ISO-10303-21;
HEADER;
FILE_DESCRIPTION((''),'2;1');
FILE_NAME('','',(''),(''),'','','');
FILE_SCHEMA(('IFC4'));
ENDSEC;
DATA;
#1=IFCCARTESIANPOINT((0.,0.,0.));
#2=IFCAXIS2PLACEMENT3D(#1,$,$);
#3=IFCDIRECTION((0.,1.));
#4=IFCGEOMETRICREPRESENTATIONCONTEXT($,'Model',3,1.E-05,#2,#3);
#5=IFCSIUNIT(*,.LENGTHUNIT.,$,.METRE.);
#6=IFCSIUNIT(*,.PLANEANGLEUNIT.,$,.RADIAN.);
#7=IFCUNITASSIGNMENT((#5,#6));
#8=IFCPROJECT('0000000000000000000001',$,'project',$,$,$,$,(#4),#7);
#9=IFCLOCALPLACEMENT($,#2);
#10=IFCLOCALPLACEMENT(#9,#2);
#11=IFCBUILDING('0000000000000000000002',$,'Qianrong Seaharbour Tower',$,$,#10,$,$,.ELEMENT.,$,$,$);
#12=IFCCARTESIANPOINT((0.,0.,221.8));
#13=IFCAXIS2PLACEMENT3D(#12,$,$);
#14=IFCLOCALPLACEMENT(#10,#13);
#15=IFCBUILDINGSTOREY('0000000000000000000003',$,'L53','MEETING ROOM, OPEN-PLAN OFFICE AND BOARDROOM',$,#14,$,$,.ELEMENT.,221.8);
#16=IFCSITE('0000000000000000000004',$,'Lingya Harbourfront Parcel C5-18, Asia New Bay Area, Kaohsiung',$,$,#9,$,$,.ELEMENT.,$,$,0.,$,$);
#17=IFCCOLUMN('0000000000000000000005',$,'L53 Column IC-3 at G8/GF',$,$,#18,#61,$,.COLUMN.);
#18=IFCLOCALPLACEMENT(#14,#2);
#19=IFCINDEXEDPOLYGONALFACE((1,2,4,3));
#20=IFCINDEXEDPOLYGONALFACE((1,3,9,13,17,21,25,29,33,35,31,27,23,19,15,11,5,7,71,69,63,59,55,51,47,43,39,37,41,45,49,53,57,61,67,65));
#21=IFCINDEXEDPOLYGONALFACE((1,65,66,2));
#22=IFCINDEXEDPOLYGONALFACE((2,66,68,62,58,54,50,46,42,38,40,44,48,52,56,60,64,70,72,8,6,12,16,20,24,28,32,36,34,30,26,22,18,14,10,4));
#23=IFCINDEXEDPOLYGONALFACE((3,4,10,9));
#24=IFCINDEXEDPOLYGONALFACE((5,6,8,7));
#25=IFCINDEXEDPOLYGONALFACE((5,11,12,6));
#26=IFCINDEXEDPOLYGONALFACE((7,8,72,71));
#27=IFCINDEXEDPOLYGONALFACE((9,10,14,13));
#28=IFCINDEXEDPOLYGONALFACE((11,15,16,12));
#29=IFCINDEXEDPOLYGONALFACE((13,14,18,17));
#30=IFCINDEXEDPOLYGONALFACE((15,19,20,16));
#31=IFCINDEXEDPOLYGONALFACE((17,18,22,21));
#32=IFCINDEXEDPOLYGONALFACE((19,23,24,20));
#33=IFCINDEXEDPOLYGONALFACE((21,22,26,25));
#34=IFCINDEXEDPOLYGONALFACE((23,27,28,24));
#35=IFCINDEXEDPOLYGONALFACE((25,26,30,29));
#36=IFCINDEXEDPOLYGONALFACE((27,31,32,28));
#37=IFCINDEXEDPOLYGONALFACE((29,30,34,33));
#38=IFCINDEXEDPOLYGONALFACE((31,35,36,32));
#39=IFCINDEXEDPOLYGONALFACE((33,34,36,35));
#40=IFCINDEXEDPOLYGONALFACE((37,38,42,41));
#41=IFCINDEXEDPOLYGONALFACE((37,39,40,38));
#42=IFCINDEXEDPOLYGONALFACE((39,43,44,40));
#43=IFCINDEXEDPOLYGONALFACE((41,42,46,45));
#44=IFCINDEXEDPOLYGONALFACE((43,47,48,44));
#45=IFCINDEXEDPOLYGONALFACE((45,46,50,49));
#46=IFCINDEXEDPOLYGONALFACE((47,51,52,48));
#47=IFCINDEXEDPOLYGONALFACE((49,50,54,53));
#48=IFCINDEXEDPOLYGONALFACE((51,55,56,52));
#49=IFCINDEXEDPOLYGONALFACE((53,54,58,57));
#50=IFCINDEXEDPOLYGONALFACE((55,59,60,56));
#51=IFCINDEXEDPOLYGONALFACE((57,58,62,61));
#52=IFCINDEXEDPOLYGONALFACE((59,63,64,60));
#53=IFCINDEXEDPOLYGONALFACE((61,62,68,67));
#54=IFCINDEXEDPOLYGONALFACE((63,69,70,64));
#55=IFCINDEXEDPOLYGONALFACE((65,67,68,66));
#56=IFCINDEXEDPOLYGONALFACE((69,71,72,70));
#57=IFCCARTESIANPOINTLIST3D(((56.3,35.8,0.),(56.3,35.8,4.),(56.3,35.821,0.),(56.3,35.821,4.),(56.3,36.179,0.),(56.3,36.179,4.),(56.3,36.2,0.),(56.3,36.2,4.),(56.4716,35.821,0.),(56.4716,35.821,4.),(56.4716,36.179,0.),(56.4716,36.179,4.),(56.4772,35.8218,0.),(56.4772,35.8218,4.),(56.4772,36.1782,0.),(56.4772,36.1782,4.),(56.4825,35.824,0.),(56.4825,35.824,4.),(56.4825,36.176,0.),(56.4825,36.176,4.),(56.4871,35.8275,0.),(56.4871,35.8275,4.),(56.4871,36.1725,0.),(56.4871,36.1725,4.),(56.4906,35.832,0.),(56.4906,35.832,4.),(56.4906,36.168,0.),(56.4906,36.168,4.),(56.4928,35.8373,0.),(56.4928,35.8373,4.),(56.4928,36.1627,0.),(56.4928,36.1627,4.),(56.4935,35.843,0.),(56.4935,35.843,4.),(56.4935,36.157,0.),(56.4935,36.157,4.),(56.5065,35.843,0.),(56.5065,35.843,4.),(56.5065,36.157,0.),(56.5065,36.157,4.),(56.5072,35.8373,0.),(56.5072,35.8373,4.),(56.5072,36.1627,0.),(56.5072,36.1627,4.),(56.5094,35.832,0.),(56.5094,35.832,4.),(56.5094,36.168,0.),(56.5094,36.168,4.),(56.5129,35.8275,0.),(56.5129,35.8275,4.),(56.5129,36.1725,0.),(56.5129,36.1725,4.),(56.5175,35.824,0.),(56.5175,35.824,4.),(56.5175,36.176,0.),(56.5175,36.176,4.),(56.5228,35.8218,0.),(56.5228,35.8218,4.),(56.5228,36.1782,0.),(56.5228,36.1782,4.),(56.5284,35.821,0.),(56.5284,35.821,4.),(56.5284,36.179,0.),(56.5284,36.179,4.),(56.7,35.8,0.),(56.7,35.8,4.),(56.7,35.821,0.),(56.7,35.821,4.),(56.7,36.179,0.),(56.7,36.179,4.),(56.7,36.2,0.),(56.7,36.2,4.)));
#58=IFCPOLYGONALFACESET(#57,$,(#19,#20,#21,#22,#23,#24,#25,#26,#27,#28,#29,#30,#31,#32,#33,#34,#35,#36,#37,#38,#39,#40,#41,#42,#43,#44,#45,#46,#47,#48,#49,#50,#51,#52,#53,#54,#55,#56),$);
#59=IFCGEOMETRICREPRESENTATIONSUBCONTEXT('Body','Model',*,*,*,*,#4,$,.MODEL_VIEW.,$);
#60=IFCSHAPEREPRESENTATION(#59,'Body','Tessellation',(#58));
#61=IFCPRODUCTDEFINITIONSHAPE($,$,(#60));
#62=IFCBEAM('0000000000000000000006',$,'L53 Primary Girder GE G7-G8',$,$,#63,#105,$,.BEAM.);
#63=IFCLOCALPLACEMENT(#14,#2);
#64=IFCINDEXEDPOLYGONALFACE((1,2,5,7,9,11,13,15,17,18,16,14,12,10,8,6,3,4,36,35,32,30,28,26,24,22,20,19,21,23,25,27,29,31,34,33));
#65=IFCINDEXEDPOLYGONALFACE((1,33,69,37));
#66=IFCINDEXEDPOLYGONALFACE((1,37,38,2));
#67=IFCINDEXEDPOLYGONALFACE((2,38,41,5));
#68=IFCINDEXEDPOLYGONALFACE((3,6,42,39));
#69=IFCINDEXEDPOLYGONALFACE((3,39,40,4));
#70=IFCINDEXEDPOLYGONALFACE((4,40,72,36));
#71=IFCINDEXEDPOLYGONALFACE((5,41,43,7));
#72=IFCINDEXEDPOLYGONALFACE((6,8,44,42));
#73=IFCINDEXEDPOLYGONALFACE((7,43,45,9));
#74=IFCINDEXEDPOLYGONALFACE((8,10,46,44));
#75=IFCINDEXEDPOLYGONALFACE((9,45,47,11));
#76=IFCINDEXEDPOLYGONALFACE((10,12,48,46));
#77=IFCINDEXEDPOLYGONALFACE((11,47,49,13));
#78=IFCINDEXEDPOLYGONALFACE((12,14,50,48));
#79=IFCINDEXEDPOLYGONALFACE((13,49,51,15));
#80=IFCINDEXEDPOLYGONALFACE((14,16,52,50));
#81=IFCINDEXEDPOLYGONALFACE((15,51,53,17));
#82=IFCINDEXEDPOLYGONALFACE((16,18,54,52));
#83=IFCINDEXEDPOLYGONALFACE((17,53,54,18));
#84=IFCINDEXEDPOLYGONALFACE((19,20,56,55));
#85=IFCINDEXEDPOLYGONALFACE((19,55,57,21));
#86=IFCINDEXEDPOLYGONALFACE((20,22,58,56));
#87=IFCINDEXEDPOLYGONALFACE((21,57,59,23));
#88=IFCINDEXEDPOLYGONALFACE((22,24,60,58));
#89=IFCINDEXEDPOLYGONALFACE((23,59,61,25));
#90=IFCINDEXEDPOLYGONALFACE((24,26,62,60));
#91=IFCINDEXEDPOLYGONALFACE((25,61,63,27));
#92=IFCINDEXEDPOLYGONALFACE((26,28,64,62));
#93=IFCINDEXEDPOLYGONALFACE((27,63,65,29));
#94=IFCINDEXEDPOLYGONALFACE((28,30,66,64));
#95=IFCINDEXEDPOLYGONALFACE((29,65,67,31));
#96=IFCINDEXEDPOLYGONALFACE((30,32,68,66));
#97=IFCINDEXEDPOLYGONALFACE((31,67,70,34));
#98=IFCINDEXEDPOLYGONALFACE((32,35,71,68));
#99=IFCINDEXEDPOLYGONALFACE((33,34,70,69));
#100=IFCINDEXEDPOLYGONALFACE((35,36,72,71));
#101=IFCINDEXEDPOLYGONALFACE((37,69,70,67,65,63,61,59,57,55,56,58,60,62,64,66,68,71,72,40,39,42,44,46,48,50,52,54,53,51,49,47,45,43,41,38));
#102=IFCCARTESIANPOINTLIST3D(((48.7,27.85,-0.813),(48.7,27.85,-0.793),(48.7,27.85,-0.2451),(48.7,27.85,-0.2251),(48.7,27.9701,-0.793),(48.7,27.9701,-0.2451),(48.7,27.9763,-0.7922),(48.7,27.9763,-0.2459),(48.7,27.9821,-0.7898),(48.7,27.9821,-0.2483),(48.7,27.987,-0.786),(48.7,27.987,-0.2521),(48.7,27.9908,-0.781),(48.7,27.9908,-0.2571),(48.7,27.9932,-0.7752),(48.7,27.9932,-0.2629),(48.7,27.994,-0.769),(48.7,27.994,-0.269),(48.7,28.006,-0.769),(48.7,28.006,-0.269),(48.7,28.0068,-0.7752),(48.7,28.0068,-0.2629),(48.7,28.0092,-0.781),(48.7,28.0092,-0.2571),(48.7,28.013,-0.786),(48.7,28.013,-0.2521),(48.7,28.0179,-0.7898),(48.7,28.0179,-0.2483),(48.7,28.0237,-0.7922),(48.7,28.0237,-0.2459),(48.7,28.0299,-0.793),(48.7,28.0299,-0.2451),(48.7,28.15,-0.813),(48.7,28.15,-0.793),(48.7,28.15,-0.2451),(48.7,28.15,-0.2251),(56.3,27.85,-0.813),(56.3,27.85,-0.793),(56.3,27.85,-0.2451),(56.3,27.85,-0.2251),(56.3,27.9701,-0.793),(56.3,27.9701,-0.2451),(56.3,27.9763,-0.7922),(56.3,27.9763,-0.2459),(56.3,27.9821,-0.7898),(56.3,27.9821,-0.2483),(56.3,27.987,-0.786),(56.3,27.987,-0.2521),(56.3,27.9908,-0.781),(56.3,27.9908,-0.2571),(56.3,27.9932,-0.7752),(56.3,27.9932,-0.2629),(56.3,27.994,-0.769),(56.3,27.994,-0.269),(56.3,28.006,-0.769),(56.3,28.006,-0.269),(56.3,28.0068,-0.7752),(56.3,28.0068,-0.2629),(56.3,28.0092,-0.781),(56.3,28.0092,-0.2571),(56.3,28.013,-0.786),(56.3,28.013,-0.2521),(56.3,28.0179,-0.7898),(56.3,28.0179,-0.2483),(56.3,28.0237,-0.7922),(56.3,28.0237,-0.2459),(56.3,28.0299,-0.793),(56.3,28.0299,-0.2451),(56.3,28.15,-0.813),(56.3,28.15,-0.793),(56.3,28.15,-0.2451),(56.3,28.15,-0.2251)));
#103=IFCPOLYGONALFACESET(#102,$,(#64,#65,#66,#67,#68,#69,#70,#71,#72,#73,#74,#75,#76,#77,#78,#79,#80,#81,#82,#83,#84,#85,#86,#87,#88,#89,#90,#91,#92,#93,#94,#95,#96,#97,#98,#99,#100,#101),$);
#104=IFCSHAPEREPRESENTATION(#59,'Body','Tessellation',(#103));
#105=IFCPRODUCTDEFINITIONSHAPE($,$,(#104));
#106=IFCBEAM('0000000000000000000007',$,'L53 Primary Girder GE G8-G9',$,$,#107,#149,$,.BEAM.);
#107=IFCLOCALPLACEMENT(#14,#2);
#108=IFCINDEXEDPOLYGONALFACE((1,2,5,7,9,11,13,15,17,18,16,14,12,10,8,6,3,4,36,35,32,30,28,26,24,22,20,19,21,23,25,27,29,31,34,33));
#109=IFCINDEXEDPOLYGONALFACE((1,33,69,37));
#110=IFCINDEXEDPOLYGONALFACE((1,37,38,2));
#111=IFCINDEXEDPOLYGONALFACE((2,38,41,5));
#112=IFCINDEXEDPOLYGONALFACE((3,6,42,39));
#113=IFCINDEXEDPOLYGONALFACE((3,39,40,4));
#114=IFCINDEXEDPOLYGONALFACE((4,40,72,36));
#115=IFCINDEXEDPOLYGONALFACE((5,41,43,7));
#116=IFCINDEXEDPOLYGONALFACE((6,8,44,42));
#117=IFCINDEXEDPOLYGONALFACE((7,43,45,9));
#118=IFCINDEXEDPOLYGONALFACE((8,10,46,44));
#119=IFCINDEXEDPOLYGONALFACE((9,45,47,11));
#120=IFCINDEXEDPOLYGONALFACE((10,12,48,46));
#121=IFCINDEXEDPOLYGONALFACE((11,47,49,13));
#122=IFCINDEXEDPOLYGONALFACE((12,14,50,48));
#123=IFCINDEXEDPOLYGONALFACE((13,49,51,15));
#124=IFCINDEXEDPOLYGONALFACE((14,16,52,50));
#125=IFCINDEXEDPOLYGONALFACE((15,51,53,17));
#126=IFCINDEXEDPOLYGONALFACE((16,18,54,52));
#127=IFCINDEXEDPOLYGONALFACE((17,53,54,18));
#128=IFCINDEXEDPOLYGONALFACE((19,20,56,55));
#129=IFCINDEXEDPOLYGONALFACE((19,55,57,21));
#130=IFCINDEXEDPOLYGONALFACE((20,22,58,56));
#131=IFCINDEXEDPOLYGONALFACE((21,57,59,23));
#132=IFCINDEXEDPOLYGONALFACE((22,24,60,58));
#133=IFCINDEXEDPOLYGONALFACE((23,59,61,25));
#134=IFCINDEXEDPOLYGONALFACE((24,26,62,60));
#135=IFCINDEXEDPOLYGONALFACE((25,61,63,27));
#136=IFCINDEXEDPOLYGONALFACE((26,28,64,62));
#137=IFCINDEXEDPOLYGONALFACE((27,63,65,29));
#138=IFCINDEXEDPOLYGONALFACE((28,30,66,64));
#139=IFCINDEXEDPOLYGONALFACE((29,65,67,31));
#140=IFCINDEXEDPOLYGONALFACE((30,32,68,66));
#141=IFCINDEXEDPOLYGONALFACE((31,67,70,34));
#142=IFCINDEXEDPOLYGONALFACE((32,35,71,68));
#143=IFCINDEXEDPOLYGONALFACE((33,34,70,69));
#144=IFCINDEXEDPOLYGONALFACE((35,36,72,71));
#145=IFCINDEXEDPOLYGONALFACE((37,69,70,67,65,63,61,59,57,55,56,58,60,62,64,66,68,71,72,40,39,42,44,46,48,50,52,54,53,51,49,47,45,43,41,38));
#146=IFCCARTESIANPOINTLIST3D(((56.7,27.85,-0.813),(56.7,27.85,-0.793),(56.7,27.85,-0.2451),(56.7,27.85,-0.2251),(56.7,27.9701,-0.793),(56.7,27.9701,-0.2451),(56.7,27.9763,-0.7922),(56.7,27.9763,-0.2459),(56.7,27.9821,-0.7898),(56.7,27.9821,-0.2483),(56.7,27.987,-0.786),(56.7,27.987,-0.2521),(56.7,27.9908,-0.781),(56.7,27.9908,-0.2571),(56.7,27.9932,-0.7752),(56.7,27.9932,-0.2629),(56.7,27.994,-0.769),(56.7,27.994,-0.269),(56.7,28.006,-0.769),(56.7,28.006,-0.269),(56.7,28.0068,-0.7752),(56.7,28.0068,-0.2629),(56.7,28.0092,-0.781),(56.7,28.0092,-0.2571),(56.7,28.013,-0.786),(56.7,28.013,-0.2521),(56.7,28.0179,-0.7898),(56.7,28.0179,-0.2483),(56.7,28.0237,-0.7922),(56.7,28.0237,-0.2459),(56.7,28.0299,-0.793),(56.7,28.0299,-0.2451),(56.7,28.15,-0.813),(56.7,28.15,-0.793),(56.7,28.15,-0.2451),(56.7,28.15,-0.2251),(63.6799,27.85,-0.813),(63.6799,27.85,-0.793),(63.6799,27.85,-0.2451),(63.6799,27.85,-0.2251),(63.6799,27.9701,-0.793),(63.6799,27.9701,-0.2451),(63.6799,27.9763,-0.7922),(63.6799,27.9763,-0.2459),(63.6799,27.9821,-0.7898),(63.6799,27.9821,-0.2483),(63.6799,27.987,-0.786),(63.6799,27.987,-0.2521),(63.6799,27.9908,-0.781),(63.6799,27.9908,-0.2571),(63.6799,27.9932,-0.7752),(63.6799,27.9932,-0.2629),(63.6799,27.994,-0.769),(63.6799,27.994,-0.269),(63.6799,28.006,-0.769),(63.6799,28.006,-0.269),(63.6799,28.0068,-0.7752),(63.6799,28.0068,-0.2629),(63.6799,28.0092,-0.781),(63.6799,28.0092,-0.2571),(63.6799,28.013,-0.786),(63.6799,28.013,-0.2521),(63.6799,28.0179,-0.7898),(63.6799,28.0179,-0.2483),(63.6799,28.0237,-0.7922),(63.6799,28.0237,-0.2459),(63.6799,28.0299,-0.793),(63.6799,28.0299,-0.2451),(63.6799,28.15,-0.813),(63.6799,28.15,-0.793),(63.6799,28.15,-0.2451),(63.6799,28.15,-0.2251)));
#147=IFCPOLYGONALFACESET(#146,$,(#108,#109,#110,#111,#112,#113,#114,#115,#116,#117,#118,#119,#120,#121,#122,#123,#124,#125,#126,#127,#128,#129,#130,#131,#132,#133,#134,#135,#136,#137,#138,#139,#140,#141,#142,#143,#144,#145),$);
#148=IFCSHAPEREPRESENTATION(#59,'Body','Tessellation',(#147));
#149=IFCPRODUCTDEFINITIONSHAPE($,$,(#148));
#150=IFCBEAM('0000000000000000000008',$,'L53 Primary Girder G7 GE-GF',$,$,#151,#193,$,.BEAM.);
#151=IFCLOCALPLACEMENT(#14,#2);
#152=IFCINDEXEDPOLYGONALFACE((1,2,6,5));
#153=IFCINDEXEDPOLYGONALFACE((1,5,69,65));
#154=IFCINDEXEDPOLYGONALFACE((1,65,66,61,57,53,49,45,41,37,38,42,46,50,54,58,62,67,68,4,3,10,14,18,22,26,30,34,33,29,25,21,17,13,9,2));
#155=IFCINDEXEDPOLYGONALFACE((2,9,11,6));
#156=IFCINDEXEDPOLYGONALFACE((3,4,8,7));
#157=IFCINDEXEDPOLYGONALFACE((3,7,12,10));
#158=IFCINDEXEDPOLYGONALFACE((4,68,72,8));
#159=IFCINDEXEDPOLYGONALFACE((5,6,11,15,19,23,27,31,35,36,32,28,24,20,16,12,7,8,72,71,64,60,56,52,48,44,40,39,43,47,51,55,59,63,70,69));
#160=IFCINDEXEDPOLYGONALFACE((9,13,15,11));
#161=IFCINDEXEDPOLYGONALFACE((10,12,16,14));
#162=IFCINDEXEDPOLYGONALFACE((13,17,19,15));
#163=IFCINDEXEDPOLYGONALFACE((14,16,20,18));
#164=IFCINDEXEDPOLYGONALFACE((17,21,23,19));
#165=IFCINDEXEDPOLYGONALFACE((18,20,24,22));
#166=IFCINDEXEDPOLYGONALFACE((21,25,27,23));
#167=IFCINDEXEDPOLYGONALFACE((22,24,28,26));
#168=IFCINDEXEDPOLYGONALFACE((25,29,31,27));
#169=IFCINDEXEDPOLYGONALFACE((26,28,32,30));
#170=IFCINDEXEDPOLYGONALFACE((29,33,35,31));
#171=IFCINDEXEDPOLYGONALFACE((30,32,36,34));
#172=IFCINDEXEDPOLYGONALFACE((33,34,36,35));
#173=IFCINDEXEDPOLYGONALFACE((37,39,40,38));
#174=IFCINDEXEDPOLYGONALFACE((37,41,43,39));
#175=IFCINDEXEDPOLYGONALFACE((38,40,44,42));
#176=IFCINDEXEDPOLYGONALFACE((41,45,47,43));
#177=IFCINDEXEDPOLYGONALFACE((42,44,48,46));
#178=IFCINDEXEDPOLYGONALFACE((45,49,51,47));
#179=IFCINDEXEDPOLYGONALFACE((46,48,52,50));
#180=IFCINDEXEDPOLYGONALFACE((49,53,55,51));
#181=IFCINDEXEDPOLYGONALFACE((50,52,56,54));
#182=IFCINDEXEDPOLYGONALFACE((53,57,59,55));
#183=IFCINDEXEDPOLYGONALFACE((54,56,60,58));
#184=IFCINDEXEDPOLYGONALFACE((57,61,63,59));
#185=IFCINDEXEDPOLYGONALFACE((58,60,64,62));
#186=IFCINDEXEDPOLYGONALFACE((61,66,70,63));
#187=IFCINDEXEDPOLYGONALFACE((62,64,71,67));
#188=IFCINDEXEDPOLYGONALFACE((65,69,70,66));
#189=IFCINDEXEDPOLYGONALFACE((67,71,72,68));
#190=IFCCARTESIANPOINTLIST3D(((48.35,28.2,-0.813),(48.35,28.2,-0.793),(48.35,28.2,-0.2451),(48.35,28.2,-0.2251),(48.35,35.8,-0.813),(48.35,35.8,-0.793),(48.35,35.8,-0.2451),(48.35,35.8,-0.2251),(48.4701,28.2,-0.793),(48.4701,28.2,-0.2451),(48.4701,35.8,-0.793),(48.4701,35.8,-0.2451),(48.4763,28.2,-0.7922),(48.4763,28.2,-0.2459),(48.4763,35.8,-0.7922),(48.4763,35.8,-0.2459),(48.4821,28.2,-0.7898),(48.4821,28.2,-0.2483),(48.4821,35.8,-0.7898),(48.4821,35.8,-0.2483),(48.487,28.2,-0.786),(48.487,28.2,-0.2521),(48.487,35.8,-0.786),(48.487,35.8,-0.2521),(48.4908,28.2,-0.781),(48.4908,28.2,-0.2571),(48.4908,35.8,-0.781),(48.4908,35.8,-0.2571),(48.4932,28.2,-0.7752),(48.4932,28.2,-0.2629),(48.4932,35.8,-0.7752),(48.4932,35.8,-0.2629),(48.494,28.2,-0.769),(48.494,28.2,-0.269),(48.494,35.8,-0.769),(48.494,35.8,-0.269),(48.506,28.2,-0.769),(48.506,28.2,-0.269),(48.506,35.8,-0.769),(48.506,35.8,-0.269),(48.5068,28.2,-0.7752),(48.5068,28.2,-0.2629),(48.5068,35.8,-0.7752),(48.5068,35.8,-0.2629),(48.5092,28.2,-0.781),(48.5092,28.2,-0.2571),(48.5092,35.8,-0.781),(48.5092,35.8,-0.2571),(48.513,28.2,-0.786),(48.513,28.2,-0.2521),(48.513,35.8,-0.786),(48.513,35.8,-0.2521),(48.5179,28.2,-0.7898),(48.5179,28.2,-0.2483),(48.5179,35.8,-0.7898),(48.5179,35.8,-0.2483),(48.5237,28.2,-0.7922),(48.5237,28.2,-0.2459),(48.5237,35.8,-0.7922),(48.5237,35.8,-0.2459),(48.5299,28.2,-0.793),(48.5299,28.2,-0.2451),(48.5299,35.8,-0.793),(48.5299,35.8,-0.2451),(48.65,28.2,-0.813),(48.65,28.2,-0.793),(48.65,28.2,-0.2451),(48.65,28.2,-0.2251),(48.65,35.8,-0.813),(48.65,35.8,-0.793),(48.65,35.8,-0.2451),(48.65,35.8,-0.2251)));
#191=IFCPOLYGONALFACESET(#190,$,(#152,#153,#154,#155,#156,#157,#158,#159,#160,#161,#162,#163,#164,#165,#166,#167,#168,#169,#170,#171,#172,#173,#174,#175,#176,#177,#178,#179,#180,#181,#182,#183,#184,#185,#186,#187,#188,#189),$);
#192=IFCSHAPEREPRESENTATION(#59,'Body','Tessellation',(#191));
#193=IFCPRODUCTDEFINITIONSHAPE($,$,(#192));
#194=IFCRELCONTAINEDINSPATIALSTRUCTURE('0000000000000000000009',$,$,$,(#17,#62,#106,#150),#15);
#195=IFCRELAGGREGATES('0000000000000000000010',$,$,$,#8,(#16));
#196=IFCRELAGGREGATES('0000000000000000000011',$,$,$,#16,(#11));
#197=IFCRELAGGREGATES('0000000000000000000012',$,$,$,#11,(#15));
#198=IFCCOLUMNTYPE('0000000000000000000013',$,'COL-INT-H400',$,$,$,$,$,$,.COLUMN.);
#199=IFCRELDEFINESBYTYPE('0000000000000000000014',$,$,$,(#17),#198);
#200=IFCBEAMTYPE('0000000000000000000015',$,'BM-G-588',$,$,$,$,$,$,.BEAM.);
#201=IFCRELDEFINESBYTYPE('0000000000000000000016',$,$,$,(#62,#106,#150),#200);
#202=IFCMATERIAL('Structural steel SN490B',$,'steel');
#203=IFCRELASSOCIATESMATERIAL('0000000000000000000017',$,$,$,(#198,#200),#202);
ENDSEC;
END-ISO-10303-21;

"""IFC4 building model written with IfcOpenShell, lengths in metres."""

from ifc_helpers import new_model, si_unit, direction, frame, origin, origin_2d, place, context, subcontext, project, spatial, i_section, extrude, material, material_profile, profile_set, type_object, element, save


model = new_model("IFC4")

# Units and contexts
model_context = context("Model", 3, precision=1e-05, world=origin(), true_north=direction((0.0, 1.0)))
body_context = subcontext(model_context, "Body", "Model", "MODEL_VIEW")
ifc_project = project(units=[si_unit("LENGTHUNIT", "METRE"), si_unit("PLANEANGLEUNIT", "RADIAN")], contexts=[model_context])

# Site, building, storey
site_placement = place(None, origin())
site = spatial("IfcSite", under=ifc_project, at=site_placement, Name="Lingya Harbourfront Parcel C5-18, Asia New Bay Area, Kaohsiung", CompositionType="ELEMENT", RefElevation=0.0)
building_placement = place(site_placement, origin())
building = spatial("IfcBuilding", under=site, at=building_placement, Name="Qianrong Seaharbour Tower", CompositionType="ELEMENT")
storey_placement = place(building_placement, frame((0.0, 0.0, 221.8)))
storey = spatial("IfcBuildingStorey", under=building, at=storey_placement, Name="L53", Description="MEETING ROOM, OPEN-PLAN OFFICE AND BOARDROOM", CompositionType="ELEMENT", Elevation=221.8)

# Column
ifc_material_1 = material(Name="Structural steel SN490B", Category="steel")
ifc_material_profile_1 = material_profile(ifc_material_1, i_section(OverallWidth=0.3999, OverallDepth=0.3999, WebThickness=0.0129, FlangeThickness=0.021, FilletRadius=0.022, at=origin_2d()), Name="H400x400x13x21")
ifc_profile_set_1 = profile_set([ifc_material_profile_1], Name="Structural steel SN490B")
column_type_1 = type_object("IfcColumnType", Name="COL-INT-H400", PredefinedType="COLUMN", material=ifc_profile_set_1)
for number, where, z_axis, x_axis, name in (
    (1, (56.5, 36.0, 0.0), (0.0, 0.0, 1.0), (1.0, 0.0, 0.0), "L53 Column IC-3 at G8/GF"),
):
    element("IfcColumn", number, at=place(storey_placement, frame(where, z_axis=z_axis, x_axis=x_axis)), inside=storey, type_object=column_type_1, Name=name, PredefinedType="COLUMN", context=body_context, shape_type="SweptSolid", body=[
        extrude(i_section(OverallWidth=0.3999, OverallDepth=0.3999, WebThickness=0.0129, FlangeThickness=0.021, FilletRadius=0.022, at=origin_2d()), origin(), (0.0, 0.0, 1.0), 4.0),
    ])

# Beams
ifc_material_profile_2 = material_profile(ifc_material_1, i_section(OverallWidth=0.3, OverallDepth=0.5879, WebThickness=0.012, FlangeThickness=0.02, FilletRadius=0.0239, at=origin_2d()), Name="H588x300x12x20")
ifc_profile_set_2 = profile_set([ifc_material_profile_2], Name="Structural steel SN490B")
beam_type_1 = type_object("IfcBeamType", Name="BM-G-588", PredefinedType="BEAM", material=ifc_profile_set_2)
beam_1_placement = place(storey_placement, frame((48.7, 28.0, -0.519), z_axis=(1.0, 0.0, 0.0), x_axis=(0.0, 1.0, 0.0)))
element("IfcBeam", 2, at=beam_1_placement, inside=storey, type_object=beam_type_1, Name="L53 Primary Girder GE G7-G8", PredefinedType="BEAM", context=body_context, shape_type="SweptSolid", body=[
    extrude(i_section(OverallWidth=0.3, OverallDepth=0.5879, WebThickness=0.012, FlangeThickness=0.02, FilletRadius=0.0239, at=origin_2d()), origin(), (0.0, 0.0, 1.0), 7.6001),
])
beam_2_placement = place(storey_placement, frame((56.7, 28.0, -0.519), z_axis=(1.0, 0.0, 0.0), x_axis=(0.0, 1.0, 0.0)))
element("IfcBeam", 3, at=beam_2_placement, inside=storey, type_object=beam_type_1, Name="L53 Primary Girder GE G8-G9", PredefinedType="BEAM", context=body_context, shape_type="SweptSolid", body=[
    extrude(i_section(OverallWidth=0.3, OverallDepth=0.5879, WebThickness=0.012, FlangeThickness=0.02, FilletRadius=0.0239, at=origin_2d()), origin(), (0.0, 0.0, 1.0), 6.98),
])
for number, where, z_axis, x_axis, name in (
    (4, (48.5, 28.2, -0.519), (0.0, 1.0, 0.0), (-1.0, 0.0, 0.0), "L53 Primary Girder G7 GE-GF"),
):
    element("IfcBeam", number, at=place(storey_placement, frame(where, z_axis=z_axis, x_axis=x_axis)), inside=storey, type_object=beam_type_1, Name=name, PredefinedType="BEAM", context=body_context, shape_type="SweptSolid", body=[
        extrude(i_section(OverallWidth=0.3, OverallDepth=0.5879, WebThickness=0.012, FlangeThickness=0.02, FilletRadius=0.0239, at=origin_2d()), origin(), (0.0, 0.0, 1.0), 7.6001),
    ])

save(model, "model.ifc")
